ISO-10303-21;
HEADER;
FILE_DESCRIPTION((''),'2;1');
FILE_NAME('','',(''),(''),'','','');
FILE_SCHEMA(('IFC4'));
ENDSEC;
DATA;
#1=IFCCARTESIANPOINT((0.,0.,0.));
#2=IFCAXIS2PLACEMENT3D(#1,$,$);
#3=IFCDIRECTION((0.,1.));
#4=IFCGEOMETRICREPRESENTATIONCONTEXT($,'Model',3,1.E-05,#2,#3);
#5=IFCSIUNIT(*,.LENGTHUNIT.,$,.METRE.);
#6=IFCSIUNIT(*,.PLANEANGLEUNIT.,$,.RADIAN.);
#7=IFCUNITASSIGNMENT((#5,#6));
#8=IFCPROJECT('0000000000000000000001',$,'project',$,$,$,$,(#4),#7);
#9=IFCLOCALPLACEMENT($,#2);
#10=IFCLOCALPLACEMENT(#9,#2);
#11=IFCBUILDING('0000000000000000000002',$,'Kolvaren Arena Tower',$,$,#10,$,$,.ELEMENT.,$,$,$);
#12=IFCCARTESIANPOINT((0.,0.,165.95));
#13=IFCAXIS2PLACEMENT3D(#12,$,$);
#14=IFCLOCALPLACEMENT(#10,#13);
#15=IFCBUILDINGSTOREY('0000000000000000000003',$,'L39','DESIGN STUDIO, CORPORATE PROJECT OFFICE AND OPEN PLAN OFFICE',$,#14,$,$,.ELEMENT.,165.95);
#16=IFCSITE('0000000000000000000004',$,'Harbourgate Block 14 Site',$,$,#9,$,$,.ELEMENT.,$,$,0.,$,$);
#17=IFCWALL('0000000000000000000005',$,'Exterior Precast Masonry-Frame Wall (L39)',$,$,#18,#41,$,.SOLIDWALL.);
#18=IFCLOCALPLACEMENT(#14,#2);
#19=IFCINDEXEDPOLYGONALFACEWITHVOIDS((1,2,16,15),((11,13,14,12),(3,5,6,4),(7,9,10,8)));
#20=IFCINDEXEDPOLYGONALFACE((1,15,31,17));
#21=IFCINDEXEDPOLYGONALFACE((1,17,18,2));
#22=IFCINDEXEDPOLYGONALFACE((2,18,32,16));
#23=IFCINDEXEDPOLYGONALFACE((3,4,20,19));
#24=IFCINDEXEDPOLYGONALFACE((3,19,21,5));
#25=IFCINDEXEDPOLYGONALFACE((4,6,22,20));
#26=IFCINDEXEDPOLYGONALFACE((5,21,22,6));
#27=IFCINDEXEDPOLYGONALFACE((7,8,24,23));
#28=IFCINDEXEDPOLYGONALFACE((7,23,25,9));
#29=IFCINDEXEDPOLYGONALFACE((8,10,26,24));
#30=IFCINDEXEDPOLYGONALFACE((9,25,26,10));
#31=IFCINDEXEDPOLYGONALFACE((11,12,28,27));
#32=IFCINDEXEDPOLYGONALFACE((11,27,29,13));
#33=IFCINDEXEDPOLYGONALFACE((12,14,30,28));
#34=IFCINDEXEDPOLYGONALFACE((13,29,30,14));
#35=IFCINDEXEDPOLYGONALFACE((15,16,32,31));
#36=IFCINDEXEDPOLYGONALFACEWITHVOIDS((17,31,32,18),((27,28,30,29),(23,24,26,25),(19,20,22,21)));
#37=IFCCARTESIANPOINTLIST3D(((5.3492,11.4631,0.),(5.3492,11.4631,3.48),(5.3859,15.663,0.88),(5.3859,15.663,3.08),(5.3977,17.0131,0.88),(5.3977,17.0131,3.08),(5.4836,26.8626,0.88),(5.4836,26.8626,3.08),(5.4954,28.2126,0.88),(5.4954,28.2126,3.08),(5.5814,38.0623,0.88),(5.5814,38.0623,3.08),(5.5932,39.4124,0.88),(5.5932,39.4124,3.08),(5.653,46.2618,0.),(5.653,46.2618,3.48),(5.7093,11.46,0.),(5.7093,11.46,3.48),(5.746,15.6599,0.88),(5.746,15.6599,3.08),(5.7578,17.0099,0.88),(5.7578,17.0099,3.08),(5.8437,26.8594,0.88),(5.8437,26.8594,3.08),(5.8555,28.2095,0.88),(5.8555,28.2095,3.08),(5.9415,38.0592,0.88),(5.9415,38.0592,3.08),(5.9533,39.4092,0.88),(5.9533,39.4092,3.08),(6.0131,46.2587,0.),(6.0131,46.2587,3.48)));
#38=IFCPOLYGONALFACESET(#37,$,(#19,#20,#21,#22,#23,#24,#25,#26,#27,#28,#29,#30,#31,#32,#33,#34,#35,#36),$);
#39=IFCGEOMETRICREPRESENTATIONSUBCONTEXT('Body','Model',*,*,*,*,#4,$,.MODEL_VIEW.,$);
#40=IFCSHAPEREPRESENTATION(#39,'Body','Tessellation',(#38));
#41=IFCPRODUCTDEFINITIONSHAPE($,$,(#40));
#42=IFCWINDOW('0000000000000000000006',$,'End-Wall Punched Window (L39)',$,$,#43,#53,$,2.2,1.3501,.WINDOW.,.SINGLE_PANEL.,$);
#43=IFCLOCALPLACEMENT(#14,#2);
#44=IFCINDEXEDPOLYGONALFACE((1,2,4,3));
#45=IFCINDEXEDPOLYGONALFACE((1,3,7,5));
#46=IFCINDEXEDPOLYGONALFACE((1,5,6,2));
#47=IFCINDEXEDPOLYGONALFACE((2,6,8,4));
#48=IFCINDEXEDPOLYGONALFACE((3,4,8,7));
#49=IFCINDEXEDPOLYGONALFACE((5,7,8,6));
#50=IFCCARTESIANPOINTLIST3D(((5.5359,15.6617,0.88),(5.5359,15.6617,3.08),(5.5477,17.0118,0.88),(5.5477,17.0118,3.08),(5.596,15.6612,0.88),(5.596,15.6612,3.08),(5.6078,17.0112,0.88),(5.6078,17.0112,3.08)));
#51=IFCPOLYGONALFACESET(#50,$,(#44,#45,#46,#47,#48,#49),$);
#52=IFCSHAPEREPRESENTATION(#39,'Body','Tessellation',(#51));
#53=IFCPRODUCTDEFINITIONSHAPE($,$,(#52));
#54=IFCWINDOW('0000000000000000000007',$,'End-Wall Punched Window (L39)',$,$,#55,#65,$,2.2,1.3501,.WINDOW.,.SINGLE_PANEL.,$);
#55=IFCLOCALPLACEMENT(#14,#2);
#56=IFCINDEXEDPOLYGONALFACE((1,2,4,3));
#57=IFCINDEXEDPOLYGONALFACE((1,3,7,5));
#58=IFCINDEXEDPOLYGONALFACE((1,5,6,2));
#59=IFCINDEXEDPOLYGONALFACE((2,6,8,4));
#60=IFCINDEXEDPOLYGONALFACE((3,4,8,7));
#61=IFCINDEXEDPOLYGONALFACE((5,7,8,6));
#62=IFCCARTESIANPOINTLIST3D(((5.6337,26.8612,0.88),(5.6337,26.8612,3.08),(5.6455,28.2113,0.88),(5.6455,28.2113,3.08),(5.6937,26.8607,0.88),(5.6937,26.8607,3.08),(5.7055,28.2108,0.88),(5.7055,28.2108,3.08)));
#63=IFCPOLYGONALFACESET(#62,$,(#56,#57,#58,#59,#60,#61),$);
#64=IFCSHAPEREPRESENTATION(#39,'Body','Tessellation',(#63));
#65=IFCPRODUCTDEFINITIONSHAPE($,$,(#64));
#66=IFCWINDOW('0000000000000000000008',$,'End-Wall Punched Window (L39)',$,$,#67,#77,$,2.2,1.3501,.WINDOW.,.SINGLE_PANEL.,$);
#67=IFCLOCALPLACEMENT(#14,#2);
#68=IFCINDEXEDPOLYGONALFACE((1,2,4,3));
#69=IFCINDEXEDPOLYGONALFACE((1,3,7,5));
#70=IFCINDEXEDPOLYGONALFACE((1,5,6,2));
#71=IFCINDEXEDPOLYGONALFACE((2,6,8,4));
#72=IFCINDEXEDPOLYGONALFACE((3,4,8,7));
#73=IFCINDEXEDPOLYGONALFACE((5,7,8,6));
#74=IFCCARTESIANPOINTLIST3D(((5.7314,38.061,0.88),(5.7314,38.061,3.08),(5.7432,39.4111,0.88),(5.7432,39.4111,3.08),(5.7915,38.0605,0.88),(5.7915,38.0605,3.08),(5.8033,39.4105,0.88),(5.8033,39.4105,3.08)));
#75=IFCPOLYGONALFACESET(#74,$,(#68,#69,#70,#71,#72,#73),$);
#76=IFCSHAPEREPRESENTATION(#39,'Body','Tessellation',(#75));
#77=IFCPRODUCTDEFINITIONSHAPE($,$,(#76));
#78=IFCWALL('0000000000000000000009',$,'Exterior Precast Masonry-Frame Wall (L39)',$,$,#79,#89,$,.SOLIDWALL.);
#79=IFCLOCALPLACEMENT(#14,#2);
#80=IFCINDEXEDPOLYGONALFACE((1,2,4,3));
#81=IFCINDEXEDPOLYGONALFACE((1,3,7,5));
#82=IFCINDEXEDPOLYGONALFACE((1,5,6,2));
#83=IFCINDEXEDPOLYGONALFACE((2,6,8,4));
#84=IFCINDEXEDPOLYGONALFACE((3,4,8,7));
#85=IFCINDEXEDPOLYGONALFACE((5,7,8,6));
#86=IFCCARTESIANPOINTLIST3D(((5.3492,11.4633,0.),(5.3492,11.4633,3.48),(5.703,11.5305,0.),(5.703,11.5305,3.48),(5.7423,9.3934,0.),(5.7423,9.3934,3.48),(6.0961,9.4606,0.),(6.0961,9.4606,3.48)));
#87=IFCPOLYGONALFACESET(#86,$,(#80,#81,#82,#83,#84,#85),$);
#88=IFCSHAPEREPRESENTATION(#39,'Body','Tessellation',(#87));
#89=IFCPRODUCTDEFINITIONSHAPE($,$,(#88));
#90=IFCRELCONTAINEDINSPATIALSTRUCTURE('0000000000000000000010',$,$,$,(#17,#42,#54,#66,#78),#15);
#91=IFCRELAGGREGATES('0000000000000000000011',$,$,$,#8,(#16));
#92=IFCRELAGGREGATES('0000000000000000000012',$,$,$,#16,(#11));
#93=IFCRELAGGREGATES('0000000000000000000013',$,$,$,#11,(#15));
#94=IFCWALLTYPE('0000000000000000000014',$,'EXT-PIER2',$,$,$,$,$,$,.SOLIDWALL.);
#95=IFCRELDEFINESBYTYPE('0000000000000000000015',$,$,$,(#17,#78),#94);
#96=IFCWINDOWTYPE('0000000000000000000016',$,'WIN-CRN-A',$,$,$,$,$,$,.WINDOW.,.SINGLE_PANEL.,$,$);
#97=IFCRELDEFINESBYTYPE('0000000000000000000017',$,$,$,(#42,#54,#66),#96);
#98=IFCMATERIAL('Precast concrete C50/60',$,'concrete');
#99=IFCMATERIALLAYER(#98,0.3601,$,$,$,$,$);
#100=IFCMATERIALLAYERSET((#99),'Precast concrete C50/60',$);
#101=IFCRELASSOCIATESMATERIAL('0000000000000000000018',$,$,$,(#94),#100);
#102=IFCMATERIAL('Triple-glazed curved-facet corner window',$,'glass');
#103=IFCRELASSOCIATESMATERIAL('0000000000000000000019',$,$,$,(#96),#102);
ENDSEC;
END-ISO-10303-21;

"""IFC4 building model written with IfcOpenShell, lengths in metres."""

from ifc_helpers import new_model, si_unit, direction, frame, frame_2d, origin, place, context, subcontext, project, spatial, rectangle, extrude, material, layer, layer_set, type_object, element, fill, save


model = new_model("IFC4")

# Units and contexts
model_context = context("Model", 3, precision=1e-05, world=origin(), true_north=direction((0.0, 1.0)))
body_context = subcontext(model_context, "Body", "Model", "MODEL_VIEW")
ifc_project = project(units=[si_unit("LENGTHUNIT", "METRE"), si_unit("PLANEANGLEUNIT", "RADIAN")], contexts=[model_context])

# Site, building, storey
site_placement = place(None, origin())
site = spatial("IfcSite", under=ifc_project, at=site_placement, Name="Harbourgate Block 14 Site", CompositionType="ELEMENT", RefElevation=0.0)
building_placement = place(site_placement, origin())
building = spatial("IfcBuilding", under=site, at=building_placement, Name="Kolvaren Arena Tower", CompositionType="ELEMENT")
storey_placement = place(building_placement, frame((0.0, 0.0, 165.95)))
storey = spatial("IfcBuildingStorey", under=building, at=storey_placement, Name="L39", Description="DESIGN STUDIO, CORPORATE PROJECT OFFICE AND OPEN PLAN OFFICE", CompositionType="ELEMENT", Elevation=165.95)

# Wall, openings, windows
ifc_material_1 = material(Name="Precast concrete C50/60", Category="concrete")
ifc_layer_1 = layer(ifc_material_1, 0.3601)
ifc_layer_set_1 = layer_set([ifc_layer_1], Name="Precast concrete C50/60")
wall_type_1 = type_object("IfcWallType", Name="EXT-PIER2", PredefinedType="SOLIDWALL", material=ifc_layer_set_1)
wall_1_placement = place(storey_placement, frame((5.5293, 11.4617, 0.0), z_axis=(0.0, 0.0, 1.0), x_axis=(0.008727, 0.999962, 0.0)))
wall_1 = element("IfcWall", 1, at=wall_1_placement, inside=storey, type_object=wall_type_1, Name="Exterior Precast Masonry-Frame Wall (L39)", PredefinedType="SOLIDWALL", context=body_context, shape_type="SweptSolid", body=[
    extrude(rectangle(XDim=34.8, YDim=0.3601, at=frame_2d((17.3999, 0.0))), origin(), (0.0, 0.0, 1.0), 3.48),
])
opening_1_placement = place(wall_1_placement, frame((4.2, 0.0, 0.8799)))
opening_1 = element("IfcOpeningElement", 2, at=opening_1_placement, cuts=wall_1, PredefinedType="OPENING", context=body_context, shape_type="SweptSolid", body=[
    extrude(rectangle(XDim=1.3501, YDim=2.2, at=frame_2d((0.675, 1.1001))), frame((0.0, 0.1899, 0.0), z_axis=(0.0, -1.0, 0.0), x_axis=(1.0, 0.0, 0.0)), (0.0, 0.0, 1.0), 0.3801),
])
opening_2_placement = place(wall_1_placement, frame((15.3999, 0.0, 0.8799)))
opening_2 = element("IfcOpeningElement", 3, at=opening_2_placement, cuts=wall_1, PredefinedType="OPENING", context=body_context, shape_type="SweptSolid", body=[
    extrude(rectangle(XDim=1.3501, YDim=2.2, at=frame_2d((0.675, 1.1001))), frame((0.0, 0.1899, 0.0), z_axis=(0.0, -1.0, 0.0), x_axis=(1.0, 0.0, 0.0)), (0.0, 0.0, 1.0), 0.3801),
])
opening_3_placement = place(wall_1_placement, frame((26.6001, 0.0, 0.8799)))
opening_3 = element("IfcOpeningElement", 4, at=opening_3_placement, cuts=wall_1, PredefinedType="OPENING", context=body_context, shape_type="SweptSolid", body=[
    extrude(rectangle(XDim=1.3501, YDim=2.2, at=frame_2d((0.675, 1.1001))), frame((0.0, 0.1899, 0.0), z_axis=(0.0, -1.0, 0.0), x_axis=(1.0, 0.0, 0.0)), (0.0, 0.0, 1.0), 0.3801),
])
ifc_material_2 = material(Name="Triple-glazed curved-facet corner window", Category="glass")
window_type = type_object("IfcWindowType", Name="WIN-CRN-A", PartitioningType="SINGLE_PANEL", PredefinedType="WINDOW", material=ifc_material_2)
window_1_placement = place(opening_1_placement, origin())
window_1 = element("IfcWindow", 5, at=window_1_placement, inside=storey, type_object=window_type, Name="End-Wall Punched Window (L39)", OverallHeight=2.2, OverallWidth=1.3501, PartitioningType="SINGLE_PANEL", PredefinedType="WINDOW", context=body_context, shape_type="SweptSolid", body=[
    extrude(rectangle(XDim=1.3501, YDim=2.2, at=frame_2d((0.675, 1.1001))), frame((0.0, 0.03, 0.0), z_axis=(0.0, -1.0, 0.0), x_axis=(1.0, 0.0, 0.0)), (0.0, 0.0, 1.0), 0.0601),
])
fill(opening_1, window_1)
window_2_placement = place(opening_2_placement, origin())
window_2 = element("IfcWindow", 6, at=window_2_placement, inside=storey, type_object=window_type, Name="End-Wall Punched Window (L39)", OverallHeight=2.2, OverallWidth=1.3501, PartitioningType="SINGLE_PANEL", PredefinedType="WINDOW", context=body_context, shape_type="SweptSolid", body=[
    extrude(rectangle(XDim=1.3501, YDim=2.2, at=frame_2d((0.675, 1.1001))), frame((0.0, 0.03, 0.0), z_axis=(0.0, -1.0, 0.0), x_axis=(1.0, 0.0, 0.0)), (0.0, 0.0, 1.0), 0.0601),
])
fill(opening_2, window_2)
window_3_placement = place(opening_3_placement, origin())
window_3 = element("IfcWindow", 7, at=window_3_placement, inside=storey, type_object=window_type, Name="End-Wall Punched Window (L39)", OverallHeight=2.2, OverallWidth=1.3501, PartitioningType="SINGLE_PANEL", PredefinedType="WINDOW", context=body_context, shape_type="SweptSolid", body=[
    extrude(rectangle(XDim=1.3501, YDim=2.2, at=frame_2d((0.675, 1.1001))), frame((0.0, 0.03, 0.0), z_axis=(0.0, -1.0, 0.0), x_axis=(1.0, 0.0, 0.0)), (0.0, 0.0, 1.0), 0.0601),
])
fill(opening_3, window_3)

# Wall
wall_2_placement = place(storey_placement, frame((5.9192, 9.427, 0.0), z_axis=(0.0, 0.0, 1.0), x_axis=(-0.186569, 0.982442, 0.0)))
element("IfcWall", 8, at=wall_2_placement, inside=storey, type_object=wall_type_1, Name="Exterior Precast Masonry-Frame Wall (L39)", PredefinedType="SOLIDWALL", context=body_context, shape_type="SweptSolid", body=[
    extrude(rectangle(XDim=2.1069, YDim=0.3601, at=frame_2d((1.0535, 0.0))), origin(), (0.0, 0.0, 1.0), 3.48),
])

save(model, "model.ifc")
